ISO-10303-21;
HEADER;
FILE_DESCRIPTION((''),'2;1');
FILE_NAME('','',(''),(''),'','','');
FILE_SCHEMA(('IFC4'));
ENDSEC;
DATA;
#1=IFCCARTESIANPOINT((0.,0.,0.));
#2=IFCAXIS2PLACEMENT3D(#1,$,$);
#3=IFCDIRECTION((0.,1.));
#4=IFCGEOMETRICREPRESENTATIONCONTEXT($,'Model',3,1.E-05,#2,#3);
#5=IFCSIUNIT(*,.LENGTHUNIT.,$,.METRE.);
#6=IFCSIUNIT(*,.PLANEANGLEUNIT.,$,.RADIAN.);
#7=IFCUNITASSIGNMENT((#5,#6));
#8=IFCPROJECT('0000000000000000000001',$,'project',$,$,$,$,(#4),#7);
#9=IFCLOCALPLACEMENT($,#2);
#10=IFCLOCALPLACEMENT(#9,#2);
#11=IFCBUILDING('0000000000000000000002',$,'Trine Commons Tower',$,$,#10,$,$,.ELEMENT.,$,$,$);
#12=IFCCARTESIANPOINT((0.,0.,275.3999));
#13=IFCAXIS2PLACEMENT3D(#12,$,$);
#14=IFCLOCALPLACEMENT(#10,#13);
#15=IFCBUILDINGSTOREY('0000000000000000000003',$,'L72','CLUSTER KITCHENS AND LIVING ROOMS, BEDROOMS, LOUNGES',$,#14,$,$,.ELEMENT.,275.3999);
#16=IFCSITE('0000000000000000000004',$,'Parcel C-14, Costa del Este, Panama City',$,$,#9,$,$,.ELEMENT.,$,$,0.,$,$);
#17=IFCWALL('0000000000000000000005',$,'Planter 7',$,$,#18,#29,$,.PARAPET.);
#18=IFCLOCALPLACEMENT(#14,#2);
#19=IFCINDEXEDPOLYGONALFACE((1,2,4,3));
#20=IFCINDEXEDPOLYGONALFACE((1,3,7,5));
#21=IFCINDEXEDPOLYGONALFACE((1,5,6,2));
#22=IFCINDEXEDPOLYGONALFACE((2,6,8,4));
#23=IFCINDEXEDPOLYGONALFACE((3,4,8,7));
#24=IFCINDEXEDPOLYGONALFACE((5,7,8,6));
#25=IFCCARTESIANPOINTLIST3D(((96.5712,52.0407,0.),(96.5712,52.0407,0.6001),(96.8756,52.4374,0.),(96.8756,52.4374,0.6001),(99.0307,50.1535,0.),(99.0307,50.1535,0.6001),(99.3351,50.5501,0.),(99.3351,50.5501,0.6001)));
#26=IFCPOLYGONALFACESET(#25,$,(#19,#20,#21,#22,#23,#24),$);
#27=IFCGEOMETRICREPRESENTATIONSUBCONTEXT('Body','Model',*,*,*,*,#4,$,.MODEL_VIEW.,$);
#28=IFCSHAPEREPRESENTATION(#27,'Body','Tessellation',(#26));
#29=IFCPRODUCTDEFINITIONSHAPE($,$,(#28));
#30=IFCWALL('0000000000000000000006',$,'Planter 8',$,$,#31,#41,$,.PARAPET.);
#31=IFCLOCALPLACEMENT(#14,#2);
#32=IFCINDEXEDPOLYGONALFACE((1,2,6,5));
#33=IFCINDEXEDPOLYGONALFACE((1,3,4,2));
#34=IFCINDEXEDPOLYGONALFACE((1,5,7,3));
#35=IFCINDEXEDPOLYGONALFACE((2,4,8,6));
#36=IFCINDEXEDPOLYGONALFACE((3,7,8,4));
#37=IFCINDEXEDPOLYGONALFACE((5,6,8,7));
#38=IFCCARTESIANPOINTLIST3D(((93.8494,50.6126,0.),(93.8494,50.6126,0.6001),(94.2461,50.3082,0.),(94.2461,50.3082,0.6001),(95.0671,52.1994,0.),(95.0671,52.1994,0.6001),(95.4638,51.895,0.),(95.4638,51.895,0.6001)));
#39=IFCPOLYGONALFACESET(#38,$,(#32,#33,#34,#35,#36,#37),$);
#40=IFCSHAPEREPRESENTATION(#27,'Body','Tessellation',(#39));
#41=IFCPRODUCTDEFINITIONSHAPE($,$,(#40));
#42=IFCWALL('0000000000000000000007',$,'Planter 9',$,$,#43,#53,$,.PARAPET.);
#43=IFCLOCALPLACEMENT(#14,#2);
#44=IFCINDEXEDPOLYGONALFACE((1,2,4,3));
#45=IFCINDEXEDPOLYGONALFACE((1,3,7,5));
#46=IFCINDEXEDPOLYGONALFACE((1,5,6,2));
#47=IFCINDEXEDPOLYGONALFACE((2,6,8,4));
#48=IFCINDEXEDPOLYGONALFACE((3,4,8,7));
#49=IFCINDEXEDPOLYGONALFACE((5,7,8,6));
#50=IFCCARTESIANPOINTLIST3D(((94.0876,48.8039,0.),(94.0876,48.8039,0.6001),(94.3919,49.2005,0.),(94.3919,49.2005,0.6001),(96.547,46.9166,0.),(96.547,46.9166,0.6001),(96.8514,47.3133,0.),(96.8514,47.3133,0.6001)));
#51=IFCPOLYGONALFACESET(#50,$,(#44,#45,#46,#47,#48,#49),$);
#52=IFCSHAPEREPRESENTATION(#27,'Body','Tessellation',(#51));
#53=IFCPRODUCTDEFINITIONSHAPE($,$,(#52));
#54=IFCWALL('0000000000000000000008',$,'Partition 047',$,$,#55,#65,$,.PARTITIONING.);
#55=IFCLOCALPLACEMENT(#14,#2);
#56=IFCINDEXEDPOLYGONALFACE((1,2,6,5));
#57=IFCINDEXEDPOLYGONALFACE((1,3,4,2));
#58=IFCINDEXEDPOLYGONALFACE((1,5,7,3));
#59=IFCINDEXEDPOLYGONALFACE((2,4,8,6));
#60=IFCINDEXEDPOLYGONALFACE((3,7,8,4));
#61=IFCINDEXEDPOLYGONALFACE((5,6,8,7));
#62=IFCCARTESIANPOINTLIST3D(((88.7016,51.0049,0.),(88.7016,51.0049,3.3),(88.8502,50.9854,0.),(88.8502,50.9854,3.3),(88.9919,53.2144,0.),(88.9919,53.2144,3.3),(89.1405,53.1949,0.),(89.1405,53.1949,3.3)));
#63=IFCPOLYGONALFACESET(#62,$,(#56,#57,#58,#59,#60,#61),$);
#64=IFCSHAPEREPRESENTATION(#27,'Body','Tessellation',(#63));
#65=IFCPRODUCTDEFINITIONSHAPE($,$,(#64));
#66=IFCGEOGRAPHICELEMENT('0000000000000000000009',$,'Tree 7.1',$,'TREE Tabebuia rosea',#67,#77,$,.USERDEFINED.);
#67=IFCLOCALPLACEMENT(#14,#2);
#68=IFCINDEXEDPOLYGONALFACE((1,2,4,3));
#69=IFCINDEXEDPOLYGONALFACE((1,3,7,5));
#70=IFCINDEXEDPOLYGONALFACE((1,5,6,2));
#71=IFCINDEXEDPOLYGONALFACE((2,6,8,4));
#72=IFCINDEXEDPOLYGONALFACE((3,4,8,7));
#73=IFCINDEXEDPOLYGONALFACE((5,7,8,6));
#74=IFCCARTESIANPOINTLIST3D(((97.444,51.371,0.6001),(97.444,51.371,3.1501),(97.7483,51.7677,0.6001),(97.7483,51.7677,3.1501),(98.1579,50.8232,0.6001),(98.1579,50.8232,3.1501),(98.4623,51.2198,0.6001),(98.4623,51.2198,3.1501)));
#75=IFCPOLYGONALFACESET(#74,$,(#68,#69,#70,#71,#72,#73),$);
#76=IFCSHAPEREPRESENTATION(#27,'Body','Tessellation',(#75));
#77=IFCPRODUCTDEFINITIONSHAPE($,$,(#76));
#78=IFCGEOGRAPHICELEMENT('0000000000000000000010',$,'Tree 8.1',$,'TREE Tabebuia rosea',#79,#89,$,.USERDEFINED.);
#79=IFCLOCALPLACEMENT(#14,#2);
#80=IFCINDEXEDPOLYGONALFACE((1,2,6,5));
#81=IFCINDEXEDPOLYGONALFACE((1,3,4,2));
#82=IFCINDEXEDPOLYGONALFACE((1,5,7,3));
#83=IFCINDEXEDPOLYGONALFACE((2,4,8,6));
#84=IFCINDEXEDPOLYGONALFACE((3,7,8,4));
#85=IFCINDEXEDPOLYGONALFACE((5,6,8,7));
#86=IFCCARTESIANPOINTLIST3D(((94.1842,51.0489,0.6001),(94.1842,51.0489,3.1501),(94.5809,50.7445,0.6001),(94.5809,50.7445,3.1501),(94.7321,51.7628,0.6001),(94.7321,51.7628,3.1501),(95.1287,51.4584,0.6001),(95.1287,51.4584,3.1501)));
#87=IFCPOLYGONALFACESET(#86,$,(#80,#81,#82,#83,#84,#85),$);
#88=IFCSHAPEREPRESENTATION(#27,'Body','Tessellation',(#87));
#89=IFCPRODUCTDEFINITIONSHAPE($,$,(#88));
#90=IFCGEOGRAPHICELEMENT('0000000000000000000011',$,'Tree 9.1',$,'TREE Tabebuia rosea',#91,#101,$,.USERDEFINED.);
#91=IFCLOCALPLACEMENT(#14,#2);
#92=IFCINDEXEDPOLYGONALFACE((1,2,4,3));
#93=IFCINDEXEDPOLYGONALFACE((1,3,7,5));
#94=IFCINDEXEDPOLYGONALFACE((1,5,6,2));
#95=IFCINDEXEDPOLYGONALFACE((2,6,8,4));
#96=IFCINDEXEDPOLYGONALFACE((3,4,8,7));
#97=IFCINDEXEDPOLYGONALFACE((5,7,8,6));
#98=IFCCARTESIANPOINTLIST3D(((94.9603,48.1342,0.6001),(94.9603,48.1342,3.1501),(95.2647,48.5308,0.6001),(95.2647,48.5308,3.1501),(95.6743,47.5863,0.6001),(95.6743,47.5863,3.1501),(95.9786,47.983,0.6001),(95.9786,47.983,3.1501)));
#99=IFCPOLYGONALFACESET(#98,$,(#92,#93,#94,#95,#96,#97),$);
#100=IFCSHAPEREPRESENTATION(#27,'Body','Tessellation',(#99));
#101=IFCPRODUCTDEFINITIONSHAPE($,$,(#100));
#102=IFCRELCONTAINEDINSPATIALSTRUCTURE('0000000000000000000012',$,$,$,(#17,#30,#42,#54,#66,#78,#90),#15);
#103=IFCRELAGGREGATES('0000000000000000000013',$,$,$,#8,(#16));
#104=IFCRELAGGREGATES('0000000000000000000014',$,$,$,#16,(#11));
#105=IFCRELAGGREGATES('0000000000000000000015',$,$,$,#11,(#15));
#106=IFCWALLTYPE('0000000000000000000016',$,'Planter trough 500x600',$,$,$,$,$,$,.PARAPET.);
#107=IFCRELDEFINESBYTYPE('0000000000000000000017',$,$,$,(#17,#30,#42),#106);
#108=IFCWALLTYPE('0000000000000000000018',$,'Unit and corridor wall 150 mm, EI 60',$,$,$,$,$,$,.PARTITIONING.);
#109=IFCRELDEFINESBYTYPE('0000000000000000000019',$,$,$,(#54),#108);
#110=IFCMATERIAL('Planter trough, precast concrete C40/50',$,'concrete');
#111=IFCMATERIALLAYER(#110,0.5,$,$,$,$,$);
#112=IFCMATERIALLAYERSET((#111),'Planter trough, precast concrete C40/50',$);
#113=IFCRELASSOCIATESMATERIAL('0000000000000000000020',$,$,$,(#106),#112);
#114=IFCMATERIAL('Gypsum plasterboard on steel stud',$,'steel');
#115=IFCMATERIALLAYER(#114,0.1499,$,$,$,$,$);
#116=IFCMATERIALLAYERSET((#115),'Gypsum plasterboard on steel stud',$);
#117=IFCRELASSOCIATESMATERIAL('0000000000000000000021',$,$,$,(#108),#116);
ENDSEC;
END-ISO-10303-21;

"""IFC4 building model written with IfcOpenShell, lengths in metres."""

from ifc_helpers import new_model, si_unit, direction, frame, frame_2d, origin, origin_2d, place, context, subcontext, project, spatial, rectangle, extrude, material, layer, layer_set, type_object, element, save


model = new_model("IFC4")

# Units and contexts
model_context = context("Model", 3, precision=1e-05, world=origin(), true_north=direction((0.0, 1.0)))
body_context = subcontext(model_context, "Body", "Model", "MODEL_VIEW")
ifc_project = project(units=[si_unit("LENGTHUNIT", "METRE"), si_unit("PLANEANGLEUNIT", "RADIAN")], contexts=[model_context])

# Site, building, storey
site_placement = place(None, origin())
site = spatial("IfcSite", under=ifc_project, at=site_placement, Name="Parcel C-14, Costa del Este, Panama City", CompositionType="ELEMENT", RefElevation=0.0)
building_placement = place(site_placement, origin())
building = spatial("IfcBuilding", under=site, at=building_placement, Name="Trine Commons Tower", CompositionType="ELEMENT")
storey_placement = place(building_placement, frame((0.0, 0.0, 275.3999)))
storey = spatial("IfcBuildingStorey", under=building, at=storey_placement, Name="L72", Description="CLUSTER KITCHENS AND LIVING ROOMS, BEDROOMS, LOUNGES", CompositionType="ELEMENT", Elevation=275.3999)

# Walls
ifc_material_1 = material(Name="Planter trough, precast concrete C40/50", Category="concrete")
ifc_layer_1 = layer(ifc_material_1, 0.5)
ifc_layer_set_1 = layer_set([ifc_layer_1], Name="Planter trough, precast concrete C40/50")
wall_type_1 = type_object("IfcWallType", Name="Planter trough 500x600", PredefinedType="PARAPET", material=ifc_layer_set_1)
wall_1_placement = place(storey_placement, frame((99.1829, 50.3518, 0.0), z_axis=(0.0, 0.0, 1.0), x_axis=(-0.793355, 0.608759, 0.0)))
element("IfcWall", 1, at=wall_1_placement, inside=storey, type_object=wall_type_1, Name="Planter 7", PredefinedType="PARAPET", context=body_context, shape_type="SweptSolid", body=[
    extrude(rectangle(XDim=3.1001, YDim=0.5, at=frame_2d((1.55, 0.0))), origin(), (0.0, 0.0, 1.0), 0.6001),
])
wall_2_placement = place(storey_placement, frame((95.2654, 52.0471, 0.0), z_axis=(0.0, 0.0, 1.0), x_axis=(-0.60879, -0.793331, 0.0)))
element("IfcWall", 2, at=wall_2_placement, inside=storey, type_object=wall_type_1, Name="Planter 8", PredefinedType="PARAPET", context=body_context, shape_type="SweptSolid", body=[
    extrude(rectangle(XDim=2.0002, YDim=0.5, at=frame_2d((1.0, 0.0))), origin(), (0.0, 0.0, 1.0), 0.6001),
])
wall_3_placement = place(storey_placement, frame((94.2397, 49.0022, 0.0), z_axis=(0.0, 0.0, 1.0), x_axis=(0.793355, -0.608759, 0.0)))
element("IfcWall", 3, at=wall_3_placement, inside=storey, type_object=wall_type_1, Name="Planter 9", PredefinedType="PARAPET", context=body_context, shape_type="SweptSolid", body=[
    extrude(rectangle(XDim=3.1001, YDim=0.5, at=frame_2d((1.55, 0.0))), origin(), (0.0, 0.0, 1.0), 0.6001),
])
ifc_material_2 = material(Name="Gypsum plasterboard on steel stud", Category="steel")
ifc_layer_2 = layer(ifc_material_2, 0.1499)
ifc_layer_set_2 = layer_set([ifc_layer_2], Name="Gypsum plasterboard on steel stud")
wall_type_2 = type_object("IfcWallType", Name="Unit and corridor wall 150 mm, EI 60", PredefinedType="PARTITIONING", material=ifc_layer_set_2)
wall_4_placement = place(storey_placement, frame((88.7759, 50.9951, 0.0), z_axis=(0.0, 0.0, 1.0), x_axis=(0.130262, 0.99148, 0.0)))
element("IfcWall", 4, at=wall_4_placement, inside=storey, type_object=wall_type_2, Name="Partition 047", PredefinedType="PARTITIONING", context=body_context, shape_type="SweptSolid", body=[
    extrude(rectangle(XDim=2.2285, YDim=0.1499, at=frame_2d((1.1143, 0.0))), origin(), (0.0, 0.0, 1.0), 3.3),
])

# Geographic elements
for number, where, z_axis, x_axis, name in (
    (5, (97.9531, 51.2954, 0.6001), (0.0, 0.0, 1.0), (-0.793348, 0.608768, 0.0), "Tree 7.1"),
    (6, (94.6565, 51.2537, 0.6001), (0.0, 0.0, 1.0), (-0.608764, -0.793351, 0.0), "Tree 8.1"),
    (7, (95.4695, 48.0586, 0.6001), (0.0, 0.0, 1.0), (0.793348, -0.608768, 0.0), "Tree 9.1"),
):
    element("IfcGeographicElement", number, at=place(storey_placement, frame(where, z_axis=z_axis, x_axis=x_axis)), inside=storey, Name=name, ObjectType="TREE Tabebuia rosea", PredefinedType="USERDEFINED", context=body_context, shape_type="SweptSolid", body=[
        extrude(rectangle(XDim=0.8999, YDim=0.5, at=origin_2d()), origin(), (0.0, 0.0, 1.0), 2.55),
    ])

save(model, "model.ifc")
